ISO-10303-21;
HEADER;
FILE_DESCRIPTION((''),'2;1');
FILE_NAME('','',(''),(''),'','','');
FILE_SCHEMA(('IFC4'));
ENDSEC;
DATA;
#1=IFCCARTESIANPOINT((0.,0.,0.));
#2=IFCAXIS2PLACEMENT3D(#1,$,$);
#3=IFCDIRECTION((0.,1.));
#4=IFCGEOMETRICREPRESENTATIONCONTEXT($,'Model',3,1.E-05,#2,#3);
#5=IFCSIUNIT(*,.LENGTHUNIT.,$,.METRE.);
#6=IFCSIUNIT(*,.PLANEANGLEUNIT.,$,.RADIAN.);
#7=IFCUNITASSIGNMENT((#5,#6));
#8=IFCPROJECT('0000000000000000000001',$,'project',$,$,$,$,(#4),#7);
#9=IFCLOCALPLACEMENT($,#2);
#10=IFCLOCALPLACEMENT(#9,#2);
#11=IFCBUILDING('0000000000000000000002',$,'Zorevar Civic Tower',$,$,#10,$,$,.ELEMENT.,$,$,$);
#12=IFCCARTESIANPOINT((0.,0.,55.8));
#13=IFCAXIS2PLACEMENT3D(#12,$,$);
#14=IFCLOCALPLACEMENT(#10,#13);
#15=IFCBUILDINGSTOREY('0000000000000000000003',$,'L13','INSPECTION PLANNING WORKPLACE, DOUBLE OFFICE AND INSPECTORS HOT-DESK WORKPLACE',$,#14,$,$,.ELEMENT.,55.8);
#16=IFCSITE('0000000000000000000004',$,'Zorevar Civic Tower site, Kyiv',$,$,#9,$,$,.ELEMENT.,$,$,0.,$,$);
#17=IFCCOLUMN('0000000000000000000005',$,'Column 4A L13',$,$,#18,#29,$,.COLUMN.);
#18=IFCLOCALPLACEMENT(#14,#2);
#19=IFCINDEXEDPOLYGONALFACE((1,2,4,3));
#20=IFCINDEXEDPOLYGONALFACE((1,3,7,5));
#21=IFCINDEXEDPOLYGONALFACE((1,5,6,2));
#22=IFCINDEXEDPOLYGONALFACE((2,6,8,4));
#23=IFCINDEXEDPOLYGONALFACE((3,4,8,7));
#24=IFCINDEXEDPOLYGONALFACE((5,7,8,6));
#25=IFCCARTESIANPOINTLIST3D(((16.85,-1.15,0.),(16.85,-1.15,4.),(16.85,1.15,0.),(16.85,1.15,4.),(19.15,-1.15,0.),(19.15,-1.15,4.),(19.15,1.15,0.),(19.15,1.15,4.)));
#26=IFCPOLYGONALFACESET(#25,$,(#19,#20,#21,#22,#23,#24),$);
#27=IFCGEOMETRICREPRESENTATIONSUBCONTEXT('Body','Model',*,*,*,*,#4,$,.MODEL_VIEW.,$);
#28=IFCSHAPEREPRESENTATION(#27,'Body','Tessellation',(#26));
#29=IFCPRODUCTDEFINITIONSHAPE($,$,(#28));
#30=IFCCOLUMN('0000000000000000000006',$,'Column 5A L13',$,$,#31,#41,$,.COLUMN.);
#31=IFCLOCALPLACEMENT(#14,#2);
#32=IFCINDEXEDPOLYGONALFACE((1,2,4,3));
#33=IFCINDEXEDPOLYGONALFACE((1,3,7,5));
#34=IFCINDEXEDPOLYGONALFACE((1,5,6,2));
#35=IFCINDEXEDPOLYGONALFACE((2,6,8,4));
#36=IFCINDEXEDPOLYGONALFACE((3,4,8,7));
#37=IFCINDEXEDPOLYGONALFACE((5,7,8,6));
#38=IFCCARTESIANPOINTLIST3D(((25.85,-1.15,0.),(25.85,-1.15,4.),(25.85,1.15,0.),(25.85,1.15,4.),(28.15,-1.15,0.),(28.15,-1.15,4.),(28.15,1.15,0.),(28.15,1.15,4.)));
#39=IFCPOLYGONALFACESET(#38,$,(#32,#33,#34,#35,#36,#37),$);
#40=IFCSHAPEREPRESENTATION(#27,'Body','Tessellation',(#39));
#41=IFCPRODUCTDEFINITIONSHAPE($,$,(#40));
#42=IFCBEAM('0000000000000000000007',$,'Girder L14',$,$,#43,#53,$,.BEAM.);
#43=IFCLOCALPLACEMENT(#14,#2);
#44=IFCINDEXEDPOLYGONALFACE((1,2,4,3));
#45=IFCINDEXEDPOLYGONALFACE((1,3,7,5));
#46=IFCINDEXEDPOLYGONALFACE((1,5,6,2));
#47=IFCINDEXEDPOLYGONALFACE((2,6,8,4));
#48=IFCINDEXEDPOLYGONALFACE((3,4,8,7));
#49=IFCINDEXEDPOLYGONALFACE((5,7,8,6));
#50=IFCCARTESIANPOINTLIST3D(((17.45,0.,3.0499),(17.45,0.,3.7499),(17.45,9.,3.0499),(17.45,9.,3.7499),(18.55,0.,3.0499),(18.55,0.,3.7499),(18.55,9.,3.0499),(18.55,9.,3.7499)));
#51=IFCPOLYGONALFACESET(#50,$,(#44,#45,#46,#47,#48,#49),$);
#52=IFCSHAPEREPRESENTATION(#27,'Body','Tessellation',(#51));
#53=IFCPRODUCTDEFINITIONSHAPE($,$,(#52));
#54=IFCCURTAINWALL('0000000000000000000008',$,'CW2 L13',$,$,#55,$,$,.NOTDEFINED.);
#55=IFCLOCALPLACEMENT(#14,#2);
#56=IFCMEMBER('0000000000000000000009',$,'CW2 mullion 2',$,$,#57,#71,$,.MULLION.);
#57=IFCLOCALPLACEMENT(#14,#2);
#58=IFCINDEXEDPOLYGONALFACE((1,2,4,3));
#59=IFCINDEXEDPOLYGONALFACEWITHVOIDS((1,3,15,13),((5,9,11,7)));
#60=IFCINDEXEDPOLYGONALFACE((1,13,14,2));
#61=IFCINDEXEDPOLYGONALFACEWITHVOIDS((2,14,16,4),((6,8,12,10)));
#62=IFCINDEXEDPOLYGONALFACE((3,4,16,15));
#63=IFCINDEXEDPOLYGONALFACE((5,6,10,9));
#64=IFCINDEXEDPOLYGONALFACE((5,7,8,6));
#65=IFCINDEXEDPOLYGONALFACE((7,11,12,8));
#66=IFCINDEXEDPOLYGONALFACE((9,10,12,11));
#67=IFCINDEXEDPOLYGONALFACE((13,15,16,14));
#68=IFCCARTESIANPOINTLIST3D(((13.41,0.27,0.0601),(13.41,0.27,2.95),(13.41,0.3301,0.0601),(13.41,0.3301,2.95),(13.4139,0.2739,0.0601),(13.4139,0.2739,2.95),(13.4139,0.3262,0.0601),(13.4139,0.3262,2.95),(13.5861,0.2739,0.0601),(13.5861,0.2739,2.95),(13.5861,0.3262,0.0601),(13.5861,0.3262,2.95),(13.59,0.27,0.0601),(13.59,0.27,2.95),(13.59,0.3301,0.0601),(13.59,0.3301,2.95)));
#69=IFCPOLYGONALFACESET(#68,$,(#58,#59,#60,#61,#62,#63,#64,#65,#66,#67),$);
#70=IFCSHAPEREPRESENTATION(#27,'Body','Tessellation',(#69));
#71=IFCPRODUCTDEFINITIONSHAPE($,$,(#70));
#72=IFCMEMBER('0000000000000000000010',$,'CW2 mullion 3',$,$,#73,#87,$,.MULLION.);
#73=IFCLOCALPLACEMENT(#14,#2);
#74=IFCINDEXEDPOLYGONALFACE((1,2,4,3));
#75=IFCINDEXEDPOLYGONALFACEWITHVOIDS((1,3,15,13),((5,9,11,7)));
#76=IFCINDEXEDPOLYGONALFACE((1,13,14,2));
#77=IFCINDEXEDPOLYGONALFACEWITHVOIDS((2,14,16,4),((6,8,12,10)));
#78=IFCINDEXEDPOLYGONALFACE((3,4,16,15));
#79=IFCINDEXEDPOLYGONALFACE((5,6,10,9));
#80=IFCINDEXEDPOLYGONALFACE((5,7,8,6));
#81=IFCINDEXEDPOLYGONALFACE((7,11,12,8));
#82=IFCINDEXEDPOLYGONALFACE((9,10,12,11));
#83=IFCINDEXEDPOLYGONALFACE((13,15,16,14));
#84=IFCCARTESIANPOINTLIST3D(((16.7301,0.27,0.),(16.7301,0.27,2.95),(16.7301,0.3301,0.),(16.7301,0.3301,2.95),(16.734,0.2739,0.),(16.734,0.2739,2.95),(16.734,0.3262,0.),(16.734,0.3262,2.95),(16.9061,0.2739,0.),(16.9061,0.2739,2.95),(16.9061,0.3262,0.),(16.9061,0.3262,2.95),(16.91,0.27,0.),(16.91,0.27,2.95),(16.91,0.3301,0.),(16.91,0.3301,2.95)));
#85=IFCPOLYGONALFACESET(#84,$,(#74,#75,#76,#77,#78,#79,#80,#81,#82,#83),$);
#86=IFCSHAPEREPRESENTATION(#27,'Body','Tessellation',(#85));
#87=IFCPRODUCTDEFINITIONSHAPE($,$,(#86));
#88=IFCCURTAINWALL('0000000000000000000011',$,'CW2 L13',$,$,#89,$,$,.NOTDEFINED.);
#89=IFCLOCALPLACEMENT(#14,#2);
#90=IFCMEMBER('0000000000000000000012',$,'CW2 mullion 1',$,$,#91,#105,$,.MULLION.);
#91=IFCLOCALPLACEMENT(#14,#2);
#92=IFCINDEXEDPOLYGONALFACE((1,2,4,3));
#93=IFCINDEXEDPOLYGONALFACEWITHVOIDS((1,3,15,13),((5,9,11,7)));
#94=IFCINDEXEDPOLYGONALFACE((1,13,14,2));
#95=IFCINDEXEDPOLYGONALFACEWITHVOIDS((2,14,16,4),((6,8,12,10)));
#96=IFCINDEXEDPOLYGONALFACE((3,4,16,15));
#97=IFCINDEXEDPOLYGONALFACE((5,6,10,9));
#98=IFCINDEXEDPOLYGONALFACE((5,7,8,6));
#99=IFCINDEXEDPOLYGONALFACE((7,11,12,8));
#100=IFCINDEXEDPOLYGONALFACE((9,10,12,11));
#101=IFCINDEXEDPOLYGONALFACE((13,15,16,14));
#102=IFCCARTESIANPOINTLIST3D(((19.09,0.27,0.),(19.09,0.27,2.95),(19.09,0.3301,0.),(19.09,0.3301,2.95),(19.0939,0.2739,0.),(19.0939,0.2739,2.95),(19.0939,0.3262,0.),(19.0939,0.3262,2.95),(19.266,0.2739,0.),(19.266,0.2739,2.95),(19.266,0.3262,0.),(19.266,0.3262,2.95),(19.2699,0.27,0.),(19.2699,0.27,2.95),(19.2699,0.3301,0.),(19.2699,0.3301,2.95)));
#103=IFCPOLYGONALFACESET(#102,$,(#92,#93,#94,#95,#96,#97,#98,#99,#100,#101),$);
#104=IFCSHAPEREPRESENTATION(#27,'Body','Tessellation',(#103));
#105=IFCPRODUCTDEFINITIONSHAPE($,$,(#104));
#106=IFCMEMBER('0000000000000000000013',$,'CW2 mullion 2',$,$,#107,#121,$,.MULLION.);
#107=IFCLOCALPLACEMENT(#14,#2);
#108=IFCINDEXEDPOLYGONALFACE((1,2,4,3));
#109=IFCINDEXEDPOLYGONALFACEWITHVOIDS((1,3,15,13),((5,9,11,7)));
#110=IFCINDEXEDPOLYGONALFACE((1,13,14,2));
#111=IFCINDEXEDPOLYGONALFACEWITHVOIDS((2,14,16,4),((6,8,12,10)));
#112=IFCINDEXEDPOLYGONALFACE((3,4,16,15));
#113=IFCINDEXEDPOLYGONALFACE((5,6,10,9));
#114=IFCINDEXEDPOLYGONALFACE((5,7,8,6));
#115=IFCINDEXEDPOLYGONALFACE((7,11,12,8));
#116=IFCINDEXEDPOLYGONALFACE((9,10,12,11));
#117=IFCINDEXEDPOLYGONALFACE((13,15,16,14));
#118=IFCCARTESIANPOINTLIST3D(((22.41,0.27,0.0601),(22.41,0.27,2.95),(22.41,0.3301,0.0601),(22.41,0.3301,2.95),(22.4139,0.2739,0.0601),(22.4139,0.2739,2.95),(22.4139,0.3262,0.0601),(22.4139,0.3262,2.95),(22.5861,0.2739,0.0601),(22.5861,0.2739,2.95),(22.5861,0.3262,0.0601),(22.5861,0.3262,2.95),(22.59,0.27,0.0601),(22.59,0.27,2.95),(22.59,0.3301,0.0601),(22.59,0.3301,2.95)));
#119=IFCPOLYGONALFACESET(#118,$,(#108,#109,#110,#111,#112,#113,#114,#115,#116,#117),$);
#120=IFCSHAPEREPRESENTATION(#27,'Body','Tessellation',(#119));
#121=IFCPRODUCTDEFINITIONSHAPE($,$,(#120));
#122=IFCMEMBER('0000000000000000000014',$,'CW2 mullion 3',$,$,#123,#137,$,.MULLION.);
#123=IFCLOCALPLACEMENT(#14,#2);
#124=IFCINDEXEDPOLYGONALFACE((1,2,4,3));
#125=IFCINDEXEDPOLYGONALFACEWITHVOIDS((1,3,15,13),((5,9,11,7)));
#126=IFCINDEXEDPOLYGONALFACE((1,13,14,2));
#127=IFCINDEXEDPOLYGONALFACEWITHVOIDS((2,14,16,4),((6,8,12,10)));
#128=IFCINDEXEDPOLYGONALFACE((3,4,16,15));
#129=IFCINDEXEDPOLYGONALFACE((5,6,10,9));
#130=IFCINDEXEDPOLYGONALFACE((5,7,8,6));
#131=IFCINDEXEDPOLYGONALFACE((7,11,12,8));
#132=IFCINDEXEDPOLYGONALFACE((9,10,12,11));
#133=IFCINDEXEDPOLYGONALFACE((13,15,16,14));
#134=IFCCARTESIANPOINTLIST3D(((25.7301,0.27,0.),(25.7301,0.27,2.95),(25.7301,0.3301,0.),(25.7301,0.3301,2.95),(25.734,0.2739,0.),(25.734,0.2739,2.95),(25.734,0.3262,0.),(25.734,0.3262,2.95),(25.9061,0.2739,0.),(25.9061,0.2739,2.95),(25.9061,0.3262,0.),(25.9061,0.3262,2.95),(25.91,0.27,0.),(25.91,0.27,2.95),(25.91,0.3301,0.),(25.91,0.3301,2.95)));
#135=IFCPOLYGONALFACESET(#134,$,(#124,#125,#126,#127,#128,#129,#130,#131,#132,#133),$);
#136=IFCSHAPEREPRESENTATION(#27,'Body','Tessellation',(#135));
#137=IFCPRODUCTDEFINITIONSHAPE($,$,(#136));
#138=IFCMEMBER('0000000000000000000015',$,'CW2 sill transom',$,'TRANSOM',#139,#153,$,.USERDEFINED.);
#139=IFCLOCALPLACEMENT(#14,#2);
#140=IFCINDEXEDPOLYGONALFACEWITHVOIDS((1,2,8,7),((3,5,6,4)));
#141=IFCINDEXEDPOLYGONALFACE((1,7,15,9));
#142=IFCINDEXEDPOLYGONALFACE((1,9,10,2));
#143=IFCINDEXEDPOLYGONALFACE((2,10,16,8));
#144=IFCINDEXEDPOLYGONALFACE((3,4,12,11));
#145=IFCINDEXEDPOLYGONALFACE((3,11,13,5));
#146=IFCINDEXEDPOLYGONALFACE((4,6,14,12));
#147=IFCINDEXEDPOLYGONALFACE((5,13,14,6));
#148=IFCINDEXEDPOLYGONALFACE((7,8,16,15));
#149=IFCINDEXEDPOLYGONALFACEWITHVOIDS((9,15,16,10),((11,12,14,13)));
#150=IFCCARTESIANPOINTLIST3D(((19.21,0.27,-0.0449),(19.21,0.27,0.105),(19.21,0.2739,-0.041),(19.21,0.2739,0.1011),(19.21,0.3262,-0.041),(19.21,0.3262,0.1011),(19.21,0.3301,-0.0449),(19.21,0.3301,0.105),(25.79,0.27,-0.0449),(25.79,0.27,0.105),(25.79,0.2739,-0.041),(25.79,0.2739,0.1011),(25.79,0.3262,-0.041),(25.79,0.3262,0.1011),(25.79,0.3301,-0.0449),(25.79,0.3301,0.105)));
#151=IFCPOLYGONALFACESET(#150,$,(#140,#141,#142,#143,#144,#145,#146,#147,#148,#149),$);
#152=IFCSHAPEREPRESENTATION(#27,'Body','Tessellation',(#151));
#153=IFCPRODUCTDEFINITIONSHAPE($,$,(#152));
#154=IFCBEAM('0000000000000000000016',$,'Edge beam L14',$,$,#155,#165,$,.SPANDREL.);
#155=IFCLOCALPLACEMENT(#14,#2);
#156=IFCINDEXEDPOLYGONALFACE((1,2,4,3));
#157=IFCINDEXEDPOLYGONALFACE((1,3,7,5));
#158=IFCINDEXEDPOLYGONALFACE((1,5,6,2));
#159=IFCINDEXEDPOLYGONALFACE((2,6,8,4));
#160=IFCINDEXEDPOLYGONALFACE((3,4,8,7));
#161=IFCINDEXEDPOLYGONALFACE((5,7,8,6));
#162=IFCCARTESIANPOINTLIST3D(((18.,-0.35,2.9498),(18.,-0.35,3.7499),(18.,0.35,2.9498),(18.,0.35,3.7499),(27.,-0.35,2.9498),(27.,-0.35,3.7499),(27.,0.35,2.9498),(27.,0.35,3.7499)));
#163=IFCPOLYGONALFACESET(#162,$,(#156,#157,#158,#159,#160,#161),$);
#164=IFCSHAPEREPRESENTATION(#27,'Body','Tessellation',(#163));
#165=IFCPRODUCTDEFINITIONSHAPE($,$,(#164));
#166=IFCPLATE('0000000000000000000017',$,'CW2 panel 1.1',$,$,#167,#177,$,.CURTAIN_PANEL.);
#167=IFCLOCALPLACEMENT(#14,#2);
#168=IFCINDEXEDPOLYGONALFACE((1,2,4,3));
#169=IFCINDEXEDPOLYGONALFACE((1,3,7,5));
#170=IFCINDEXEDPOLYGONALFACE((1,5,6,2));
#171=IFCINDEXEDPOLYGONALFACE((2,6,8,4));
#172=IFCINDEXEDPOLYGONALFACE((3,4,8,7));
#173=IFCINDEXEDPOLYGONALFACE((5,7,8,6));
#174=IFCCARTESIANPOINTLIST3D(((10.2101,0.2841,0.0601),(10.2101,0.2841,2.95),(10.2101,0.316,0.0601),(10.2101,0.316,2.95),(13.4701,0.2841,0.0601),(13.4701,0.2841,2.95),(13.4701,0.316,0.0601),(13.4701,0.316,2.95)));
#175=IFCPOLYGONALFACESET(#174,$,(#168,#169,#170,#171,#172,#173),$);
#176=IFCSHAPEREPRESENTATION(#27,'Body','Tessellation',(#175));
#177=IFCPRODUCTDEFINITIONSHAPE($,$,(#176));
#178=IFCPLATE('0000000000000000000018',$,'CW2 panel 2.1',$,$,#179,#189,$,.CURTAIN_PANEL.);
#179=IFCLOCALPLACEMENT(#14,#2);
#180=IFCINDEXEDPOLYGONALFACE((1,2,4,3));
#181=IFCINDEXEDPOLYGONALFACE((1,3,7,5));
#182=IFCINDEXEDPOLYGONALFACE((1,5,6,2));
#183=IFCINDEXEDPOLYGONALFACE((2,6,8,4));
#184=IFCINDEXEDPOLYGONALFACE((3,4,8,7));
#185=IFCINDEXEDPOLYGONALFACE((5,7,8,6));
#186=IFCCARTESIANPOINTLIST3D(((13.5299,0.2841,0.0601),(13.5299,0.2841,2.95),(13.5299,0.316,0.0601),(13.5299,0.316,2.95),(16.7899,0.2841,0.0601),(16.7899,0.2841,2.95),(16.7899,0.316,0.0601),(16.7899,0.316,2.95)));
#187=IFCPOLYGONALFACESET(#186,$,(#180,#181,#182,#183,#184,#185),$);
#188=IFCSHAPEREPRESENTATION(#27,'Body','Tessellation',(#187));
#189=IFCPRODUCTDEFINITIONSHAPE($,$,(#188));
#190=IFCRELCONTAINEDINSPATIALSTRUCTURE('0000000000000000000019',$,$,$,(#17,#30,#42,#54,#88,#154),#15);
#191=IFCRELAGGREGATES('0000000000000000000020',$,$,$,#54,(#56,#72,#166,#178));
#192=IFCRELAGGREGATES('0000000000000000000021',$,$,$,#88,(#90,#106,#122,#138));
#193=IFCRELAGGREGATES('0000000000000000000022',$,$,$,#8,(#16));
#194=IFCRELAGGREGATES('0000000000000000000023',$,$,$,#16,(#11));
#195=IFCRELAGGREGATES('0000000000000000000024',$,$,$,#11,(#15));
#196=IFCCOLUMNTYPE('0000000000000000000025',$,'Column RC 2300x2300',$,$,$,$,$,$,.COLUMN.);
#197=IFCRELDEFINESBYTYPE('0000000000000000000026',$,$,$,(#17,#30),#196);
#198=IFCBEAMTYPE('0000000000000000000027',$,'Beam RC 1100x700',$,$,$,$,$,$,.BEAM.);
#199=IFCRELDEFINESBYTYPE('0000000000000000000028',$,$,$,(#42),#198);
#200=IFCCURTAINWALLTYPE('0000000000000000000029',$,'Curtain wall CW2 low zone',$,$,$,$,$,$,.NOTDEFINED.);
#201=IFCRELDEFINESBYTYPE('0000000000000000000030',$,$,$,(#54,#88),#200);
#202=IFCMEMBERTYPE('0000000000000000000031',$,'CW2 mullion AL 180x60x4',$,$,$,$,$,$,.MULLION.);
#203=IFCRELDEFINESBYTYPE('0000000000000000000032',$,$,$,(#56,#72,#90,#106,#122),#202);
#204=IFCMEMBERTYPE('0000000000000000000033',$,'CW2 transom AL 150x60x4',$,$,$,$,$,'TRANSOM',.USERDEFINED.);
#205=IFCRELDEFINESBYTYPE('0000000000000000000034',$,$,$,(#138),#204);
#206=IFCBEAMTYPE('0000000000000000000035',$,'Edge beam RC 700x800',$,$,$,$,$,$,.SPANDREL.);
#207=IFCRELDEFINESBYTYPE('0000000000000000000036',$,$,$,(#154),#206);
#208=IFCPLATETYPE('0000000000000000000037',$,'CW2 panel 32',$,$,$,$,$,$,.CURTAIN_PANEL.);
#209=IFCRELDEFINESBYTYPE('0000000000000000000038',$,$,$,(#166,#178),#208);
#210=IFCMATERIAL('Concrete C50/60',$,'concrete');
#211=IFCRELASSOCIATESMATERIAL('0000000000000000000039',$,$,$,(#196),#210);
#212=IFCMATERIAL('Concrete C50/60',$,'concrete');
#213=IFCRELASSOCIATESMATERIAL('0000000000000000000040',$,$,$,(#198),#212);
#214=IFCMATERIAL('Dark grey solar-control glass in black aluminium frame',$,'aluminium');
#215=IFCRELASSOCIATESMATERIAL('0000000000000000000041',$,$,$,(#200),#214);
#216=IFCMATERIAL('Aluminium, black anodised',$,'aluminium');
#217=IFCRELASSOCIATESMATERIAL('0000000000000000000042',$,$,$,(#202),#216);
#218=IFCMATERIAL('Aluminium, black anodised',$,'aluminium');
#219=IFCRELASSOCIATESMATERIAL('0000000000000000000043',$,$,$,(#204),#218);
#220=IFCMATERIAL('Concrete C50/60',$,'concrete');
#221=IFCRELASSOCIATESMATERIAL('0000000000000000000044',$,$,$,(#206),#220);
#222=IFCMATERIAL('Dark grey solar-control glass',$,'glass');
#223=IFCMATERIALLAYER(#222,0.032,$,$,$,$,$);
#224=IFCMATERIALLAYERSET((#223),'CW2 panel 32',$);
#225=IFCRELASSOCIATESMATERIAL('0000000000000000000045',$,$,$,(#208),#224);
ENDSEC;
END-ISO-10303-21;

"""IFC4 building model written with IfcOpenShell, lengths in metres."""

from ifc_helpers import new_model, si_unit, direction, frame, origin, origin_2d, place, context, subcontext, project, spatial, rectangle, hollow_rectangle, extrude, material, layer, layer_set, material_profile, profile_set, type_object, element, aggregate, save


model = new_model("IFC4")

# Units and contexts
model_context = context("Model", 3, precision=1e-05, world=origin(), true_north=direction((0.0, 1.0)))
body_context = subcontext(model_context, "Body", "Model", "MODEL_VIEW")
ifc_project = project(units=[si_unit("LENGTHUNIT", "METRE"), si_unit("PLANEANGLEUNIT", "RADIAN")], contexts=[model_context])

# Site, building, storey
site_placement = place(None, origin())
site = spatial("IfcSite", under=ifc_project, at=site_placement, Name="Zorevar Civic Tower site, Kyiv", CompositionType="ELEMENT", RefElevation=0.0)
building_placement = place(site_placement, origin())
building = spatial("IfcBuilding", under=site, at=building_placement, Name="Zorevar Civic Tower", CompositionType="ELEMENT")
storey_placement = place(building_placement, frame((0.0, 0.0, 55.8)))
storey = spatial("IfcBuildingStorey", under=building, at=storey_placement, Name="L13", Description="INSPECTION PLANNING WORKPLACE, DOUBLE OFFICE AND INSPECTORS HOT-DESK WORKPLACE", CompositionType="ELEMENT", Elevation=55.8)

# Columns
ifc_material_1 = material(Name="Concrete C50/60", Category="concrete")
ifc_material_profile_1 = material_profile(ifc_material_1, rectangle(XDim=2.3, YDim=2.3, at=origin_2d()), Name="RC 2300x2300")
ifc_profile_set_1 = profile_set([ifc_material_profile_1], Name="Concrete C50/60")
column_type = type_object("IfcColumnType", Name="Column RC 2300x2300", PredefinedType="COLUMN", material=ifc_profile_set_1)
for number, where, z_axis, x_axis, name in (
    (1, (18.0, 0.0, 0.0), (0.0, 0.0, 1.0), (1.0, 0.0, 0.0), "Column 4A L13"),
    (2, (27.0, 0.0, 0.0), (0.0, 0.0, 1.0), (1.0, 0.0, 0.0), "Column 5A L13"),
):
    element("IfcColumn", number, at=place(storey_placement, frame(where, z_axis=z_axis, x_axis=x_axis)), inside=storey, type_object=column_type, Name=name, PredefinedType="COLUMN", context=body_context, shape_type="SweptSolid", body=[
        extrude(rectangle(XDim=2.3, YDim=2.3, at=origin_2d()), origin(), (0.0, 0.0, 1.0), 4.0),
    ])

# Beam
ifc_material_2 = material(Name="Concrete C50/60", Category="concrete")
ifc_material_profile_2 = material_profile(ifc_material_2, rectangle(XDim=1.1001, YDim=0.7, at=origin_2d()), Name="RC 1100x700")
ifc_profile_set_2 = profile_set([ifc_material_profile_2], Name="Concrete C50/60")
beam_type_1 = type_object("IfcBeamType", Name="Beam RC 1100x700", PredefinedType="BEAM", material=ifc_profile_set_2)
beam_1_placement = place(storey_placement, frame((18.0, 0.0, 3.3999), z_axis=(0.0, 1.0, 0.0), x_axis=(-1.0, 0.0, 0.0)))
element("IfcBeam", 3, at=beam_1_placement, inside=storey, type_object=beam_type_1, Name="Girder L14", PredefinedType="BEAM", context=body_context, shape_type="SweptSolid", body=[
    extrude(rectangle(XDim=1.1001, YDim=0.7, at=origin_2d()), origin(), (0.0, 0.0, 1.0), 9.0),
])

# Curtain walls, members
ifc_material_3 = material(Name="Dark grey solar-control glass in black aluminium frame", Category="aluminium")
curtain_wall_type = type_object("IfcCurtainWallType", Name="Curtain wall CW2 low zone", PredefinedType="NOTDEFINED", material=ifc_material_3)
curtain_wall_1_placement = place(storey_placement, origin())
curtain_wall_1 = element("IfcCurtainWall", 4, at=curtain_wall_1_placement, inside=storey, type_object=curtain_wall_type, Name="CW2 L13", PredefinedType="NOTDEFINED")
ifc_material_4 = material(Name="Aluminium, black anodised", Category="aluminium")
ifc_material_profile_3 = material_profile(ifc_material_4, hollow_rectangle(XDim=0.0601, YDim=0.1799, WallThickness=0.0039, at=origin_2d()), Name="AL 180x60x4")
ifc_profile_set_3 = profile_set([ifc_material_profile_3], Name="Aluminium, black anodised")
member_type_1 = type_object("IfcMemberType", Name="CW2 mullion AL 180x60x4", PredefinedType="MULLION", material=ifc_profile_set_3)
member_1_placement = place(storey_placement, frame((13.5, 0.3, 0.0601), z_axis=(0.0, 0.0, 1.0), x_axis=(0.0, 1.0, 0.0)))
member_1 = element("IfcMember", 5, at=member_1_placement, type_object=member_type_1, Name="CW2 mullion 2", PredefinedType="MULLION", context=body_context, shape_type="SweptSolid", body=[
    extrude(hollow_rectangle(XDim=0.0601, YDim=0.1799, WallThickness=0.0039, at=origin_2d()), origin(), (0.0, 0.0, 1.0), 2.8899),
])
member_2_placement = place(storey_placement, frame((16.8201, 0.3, 0.0), z_axis=(0.0, 0.0, 1.0), x_axis=(0.0, 1.0, 0.0)))
member_2 = element("IfcMember", 6, at=member_2_placement, type_object=member_type_1, Name="CW2 mullion 3", PredefinedType="MULLION", context=body_context, shape_type="SweptSolid", body=[
    extrude(hollow_rectangle(XDim=0.0601, YDim=0.1799, WallThickness=0.0039, at=origin_2d()), origin(), (0.0, 0.0, 1.0), 2.95),
])
curtain_wall_2_placement = place(storey_placement, origin())
curtain_wall_2 = element("IfcCurtainWall", 7, at=curtain_wall_2_placement, inside=storey, type_object=curtain_wall_type, Name="CW2 L13", PredefinedType="NOTDEFINED")
member_3_placement = place(storey_placement, frame((19.1799, 0.3, 0.0), z_axis=(0.0, 0.0, 1.0), x_axis=(0.0, 1.0, 0.0)))
member_3 = element("IfcMember", 8, at=member_3_placement, type_object=member_type_1, Name="CW2 mullion 1", PredefinedType="MULLION", context=body_context, shape_type="SweptSolid", body=[
    extrude(hollow_rectangle(XDim=0.0601, YDim=0.1799, WallThickness=0.0039, at=origin_2d()), origin(), (0.0, 0.0, 1.0), 2.95),
])
member_4_placement = place(storey_placement, frame((22.5, 0.3, 0.0601), z_axis=(0.0, 0.0, 1.0), x_axis=(0.0, 1.0, 0.0)))
member_4 = element("IfcMember", 9, at=member_4_placement, type_object=member_type_1, Name="CW2 mullion 2", PredefinedType="MULLION", context=body_context, shape_type="SweptSolid", body=[
    extrude(hollow_rectangle(XDim=0.0601, YDim=0.1799, WallThickness=0.0039, at=origin_2d()), origin(), (0.0, 0.0, 1.0), 2.8899),
])
member_5_placement = place(storey_placement, frame((25.8201, 0.3, 0.0), z_axis=(0.0, 0.0, 1.0), x_axis=(0.0, 1.0, 0.0)))
member_5 = element("IfcMember", 10, at=member_5_placement, type_object=member_type_1, Name="CW2 mullion 3", PredefinedType="MULLION", context=body_context, shape_type="SweptSolid", body=[
    extrude(hollow_rectangle(XDim=0.0601, YDim=0.1799, WallThickness=0.0039, at=origin_2d()), origin(), (0.0, 0.0, 1.0), 2.95),
])
ifc_material_5 = material(Name="Aluminium, black anodised", Category="aluminium")
ifc_material_profile_4 = material_profile(ifc_material_5, hollow_rectangle(XDim=0.0601, YDim=0.1499, WallThickness=0.0039, at=origin_2d()), Name="AL 150x60x4")
ifc_profile_set_4 = profile_set([ifc_material_profile_4], Name="Aluminium, black anodised")
member_type_2 = type_object("IfcMemberType", Name="CW2 transom AL 150x60x4", ElementType="TRANSOM", PredefinedType="USERDEFINED", material=ifc_profile_set_4)
member_6_placement = place(storey_placement, frame((19.21, 0.3, 0.03), z_axis=(1.0, 0.0, 0.0), x_axis=(0.0, 1.0, 0.0)))
member_6 = element("IfcMember", 11, at=member_6_placement, type_object=member_type_2, Name="CW2 sill transom", ObjectType="TRANSOM", PredefinedType="USERDEFINED", context=body_context, shape_type="SweptSolid", body=[
    extrude(hollow_rectangle(XDim=0.0601, YDim=0.1499, WallThickness=0.0039, at=origin_2d()), origin(), (0.0, 0.0, 1.0), 6.5801),
])

# Beam
ifc_material_6 = material(Name="Concrete C50/60", Category="concrete")
ifc_material_profile_5 = material_profile(ifc_material_6, rectangle(XDim=0.7, YDim=0.8, at=origin_2d()), Name="RC 700x800")
ifc_profile_set_5 = profile_set([ifc_material_profile_5], Name="Concrete C50/60")
beam_type_2 = type_object("IfcBeamType", Name="Edge beam RC 700x800", PredefinedType="SPANDREL", material=ifc_profile_set_5)
beam_2_placement = place(storey_placement, frame((18.0, 0.0, 3.3499), z_axis=(1.0, 0.0, 0.0), x_axis=(0.0, 1.0, 0.0)))
element("IfcBeam", 12, at=beam_2_placement, inside=storey, type_object=beam_type_2, Name="Edge beam L14", PredefinedType="SPANDREL", context=body_context, shape_type="SweptSolid", body=[
    extrude(rectangle(XDim=0.7, YDim=0.8, at=origin_2d()), origin(), (0.0, 0.0, 1.0), 9.0),
])

# Plates
ifc_material_7 = material(Name="Dark grey solar-control glass", Category="glass")
ifc_layer_1 = layer(ifc_material_7, 0.032)
ifc_layer_set_1 = layer_set([ifc_layer_1], Name="CW2 panel 32")
plate_type = type_object("IfcPlateType", Name="CW2 panel 32", PredefinedType="CURTAIN_PANEL", material=ifc_layer_set_1)
plate_1_placement = place(storey_placement, frame((11.8401, 0.3, 0.0601), z_axis=(0.0, 0.0, 1.0), x_axis=(1.0, 0.0, 0.0)))
plate_1 = element("IfcPlate", 13, at=plate_1_placement, type_object=plate_type, Name="CW2 panel 1.1", PredefinedType="CURTAIN_PANEL", context=body_context, shape_type="SweptSolid", body=[
    extrude(rectangle(XDim=3.26, YDim=0.032, at=origin_2d()), origin(), (0.0, 0.0, 1.0), 2.8899),
])
plate_2_placement = place(storey_placement, frame((15.1599, 0.3, 0.0601), z_axis=(0.0, 0.0, 1.0), x_axis=(1.0, 0.0, 0.0)))
plate_2 = element("IfcPlate", 14, at=plate_2_placement, type_object=plate_type, Name="CW2 panel 2.1", PredefinedType="CURTAIN_PANEL", context=body_context, shape_type="SweptSolid", body=[
    extrude(rectangle(XDim=3.26, YDim=0.032, at=origin_2d()), origin(), (0.0, 0.0, 1.0), 2.8899),
])
aggregate(curtain_wall_1, [member_1, member_2, plate_1, plate_2])
aggregate(curtain_wall_2, [member_3, member_4, member_5, member_6])

save(model, "model.ifc")
